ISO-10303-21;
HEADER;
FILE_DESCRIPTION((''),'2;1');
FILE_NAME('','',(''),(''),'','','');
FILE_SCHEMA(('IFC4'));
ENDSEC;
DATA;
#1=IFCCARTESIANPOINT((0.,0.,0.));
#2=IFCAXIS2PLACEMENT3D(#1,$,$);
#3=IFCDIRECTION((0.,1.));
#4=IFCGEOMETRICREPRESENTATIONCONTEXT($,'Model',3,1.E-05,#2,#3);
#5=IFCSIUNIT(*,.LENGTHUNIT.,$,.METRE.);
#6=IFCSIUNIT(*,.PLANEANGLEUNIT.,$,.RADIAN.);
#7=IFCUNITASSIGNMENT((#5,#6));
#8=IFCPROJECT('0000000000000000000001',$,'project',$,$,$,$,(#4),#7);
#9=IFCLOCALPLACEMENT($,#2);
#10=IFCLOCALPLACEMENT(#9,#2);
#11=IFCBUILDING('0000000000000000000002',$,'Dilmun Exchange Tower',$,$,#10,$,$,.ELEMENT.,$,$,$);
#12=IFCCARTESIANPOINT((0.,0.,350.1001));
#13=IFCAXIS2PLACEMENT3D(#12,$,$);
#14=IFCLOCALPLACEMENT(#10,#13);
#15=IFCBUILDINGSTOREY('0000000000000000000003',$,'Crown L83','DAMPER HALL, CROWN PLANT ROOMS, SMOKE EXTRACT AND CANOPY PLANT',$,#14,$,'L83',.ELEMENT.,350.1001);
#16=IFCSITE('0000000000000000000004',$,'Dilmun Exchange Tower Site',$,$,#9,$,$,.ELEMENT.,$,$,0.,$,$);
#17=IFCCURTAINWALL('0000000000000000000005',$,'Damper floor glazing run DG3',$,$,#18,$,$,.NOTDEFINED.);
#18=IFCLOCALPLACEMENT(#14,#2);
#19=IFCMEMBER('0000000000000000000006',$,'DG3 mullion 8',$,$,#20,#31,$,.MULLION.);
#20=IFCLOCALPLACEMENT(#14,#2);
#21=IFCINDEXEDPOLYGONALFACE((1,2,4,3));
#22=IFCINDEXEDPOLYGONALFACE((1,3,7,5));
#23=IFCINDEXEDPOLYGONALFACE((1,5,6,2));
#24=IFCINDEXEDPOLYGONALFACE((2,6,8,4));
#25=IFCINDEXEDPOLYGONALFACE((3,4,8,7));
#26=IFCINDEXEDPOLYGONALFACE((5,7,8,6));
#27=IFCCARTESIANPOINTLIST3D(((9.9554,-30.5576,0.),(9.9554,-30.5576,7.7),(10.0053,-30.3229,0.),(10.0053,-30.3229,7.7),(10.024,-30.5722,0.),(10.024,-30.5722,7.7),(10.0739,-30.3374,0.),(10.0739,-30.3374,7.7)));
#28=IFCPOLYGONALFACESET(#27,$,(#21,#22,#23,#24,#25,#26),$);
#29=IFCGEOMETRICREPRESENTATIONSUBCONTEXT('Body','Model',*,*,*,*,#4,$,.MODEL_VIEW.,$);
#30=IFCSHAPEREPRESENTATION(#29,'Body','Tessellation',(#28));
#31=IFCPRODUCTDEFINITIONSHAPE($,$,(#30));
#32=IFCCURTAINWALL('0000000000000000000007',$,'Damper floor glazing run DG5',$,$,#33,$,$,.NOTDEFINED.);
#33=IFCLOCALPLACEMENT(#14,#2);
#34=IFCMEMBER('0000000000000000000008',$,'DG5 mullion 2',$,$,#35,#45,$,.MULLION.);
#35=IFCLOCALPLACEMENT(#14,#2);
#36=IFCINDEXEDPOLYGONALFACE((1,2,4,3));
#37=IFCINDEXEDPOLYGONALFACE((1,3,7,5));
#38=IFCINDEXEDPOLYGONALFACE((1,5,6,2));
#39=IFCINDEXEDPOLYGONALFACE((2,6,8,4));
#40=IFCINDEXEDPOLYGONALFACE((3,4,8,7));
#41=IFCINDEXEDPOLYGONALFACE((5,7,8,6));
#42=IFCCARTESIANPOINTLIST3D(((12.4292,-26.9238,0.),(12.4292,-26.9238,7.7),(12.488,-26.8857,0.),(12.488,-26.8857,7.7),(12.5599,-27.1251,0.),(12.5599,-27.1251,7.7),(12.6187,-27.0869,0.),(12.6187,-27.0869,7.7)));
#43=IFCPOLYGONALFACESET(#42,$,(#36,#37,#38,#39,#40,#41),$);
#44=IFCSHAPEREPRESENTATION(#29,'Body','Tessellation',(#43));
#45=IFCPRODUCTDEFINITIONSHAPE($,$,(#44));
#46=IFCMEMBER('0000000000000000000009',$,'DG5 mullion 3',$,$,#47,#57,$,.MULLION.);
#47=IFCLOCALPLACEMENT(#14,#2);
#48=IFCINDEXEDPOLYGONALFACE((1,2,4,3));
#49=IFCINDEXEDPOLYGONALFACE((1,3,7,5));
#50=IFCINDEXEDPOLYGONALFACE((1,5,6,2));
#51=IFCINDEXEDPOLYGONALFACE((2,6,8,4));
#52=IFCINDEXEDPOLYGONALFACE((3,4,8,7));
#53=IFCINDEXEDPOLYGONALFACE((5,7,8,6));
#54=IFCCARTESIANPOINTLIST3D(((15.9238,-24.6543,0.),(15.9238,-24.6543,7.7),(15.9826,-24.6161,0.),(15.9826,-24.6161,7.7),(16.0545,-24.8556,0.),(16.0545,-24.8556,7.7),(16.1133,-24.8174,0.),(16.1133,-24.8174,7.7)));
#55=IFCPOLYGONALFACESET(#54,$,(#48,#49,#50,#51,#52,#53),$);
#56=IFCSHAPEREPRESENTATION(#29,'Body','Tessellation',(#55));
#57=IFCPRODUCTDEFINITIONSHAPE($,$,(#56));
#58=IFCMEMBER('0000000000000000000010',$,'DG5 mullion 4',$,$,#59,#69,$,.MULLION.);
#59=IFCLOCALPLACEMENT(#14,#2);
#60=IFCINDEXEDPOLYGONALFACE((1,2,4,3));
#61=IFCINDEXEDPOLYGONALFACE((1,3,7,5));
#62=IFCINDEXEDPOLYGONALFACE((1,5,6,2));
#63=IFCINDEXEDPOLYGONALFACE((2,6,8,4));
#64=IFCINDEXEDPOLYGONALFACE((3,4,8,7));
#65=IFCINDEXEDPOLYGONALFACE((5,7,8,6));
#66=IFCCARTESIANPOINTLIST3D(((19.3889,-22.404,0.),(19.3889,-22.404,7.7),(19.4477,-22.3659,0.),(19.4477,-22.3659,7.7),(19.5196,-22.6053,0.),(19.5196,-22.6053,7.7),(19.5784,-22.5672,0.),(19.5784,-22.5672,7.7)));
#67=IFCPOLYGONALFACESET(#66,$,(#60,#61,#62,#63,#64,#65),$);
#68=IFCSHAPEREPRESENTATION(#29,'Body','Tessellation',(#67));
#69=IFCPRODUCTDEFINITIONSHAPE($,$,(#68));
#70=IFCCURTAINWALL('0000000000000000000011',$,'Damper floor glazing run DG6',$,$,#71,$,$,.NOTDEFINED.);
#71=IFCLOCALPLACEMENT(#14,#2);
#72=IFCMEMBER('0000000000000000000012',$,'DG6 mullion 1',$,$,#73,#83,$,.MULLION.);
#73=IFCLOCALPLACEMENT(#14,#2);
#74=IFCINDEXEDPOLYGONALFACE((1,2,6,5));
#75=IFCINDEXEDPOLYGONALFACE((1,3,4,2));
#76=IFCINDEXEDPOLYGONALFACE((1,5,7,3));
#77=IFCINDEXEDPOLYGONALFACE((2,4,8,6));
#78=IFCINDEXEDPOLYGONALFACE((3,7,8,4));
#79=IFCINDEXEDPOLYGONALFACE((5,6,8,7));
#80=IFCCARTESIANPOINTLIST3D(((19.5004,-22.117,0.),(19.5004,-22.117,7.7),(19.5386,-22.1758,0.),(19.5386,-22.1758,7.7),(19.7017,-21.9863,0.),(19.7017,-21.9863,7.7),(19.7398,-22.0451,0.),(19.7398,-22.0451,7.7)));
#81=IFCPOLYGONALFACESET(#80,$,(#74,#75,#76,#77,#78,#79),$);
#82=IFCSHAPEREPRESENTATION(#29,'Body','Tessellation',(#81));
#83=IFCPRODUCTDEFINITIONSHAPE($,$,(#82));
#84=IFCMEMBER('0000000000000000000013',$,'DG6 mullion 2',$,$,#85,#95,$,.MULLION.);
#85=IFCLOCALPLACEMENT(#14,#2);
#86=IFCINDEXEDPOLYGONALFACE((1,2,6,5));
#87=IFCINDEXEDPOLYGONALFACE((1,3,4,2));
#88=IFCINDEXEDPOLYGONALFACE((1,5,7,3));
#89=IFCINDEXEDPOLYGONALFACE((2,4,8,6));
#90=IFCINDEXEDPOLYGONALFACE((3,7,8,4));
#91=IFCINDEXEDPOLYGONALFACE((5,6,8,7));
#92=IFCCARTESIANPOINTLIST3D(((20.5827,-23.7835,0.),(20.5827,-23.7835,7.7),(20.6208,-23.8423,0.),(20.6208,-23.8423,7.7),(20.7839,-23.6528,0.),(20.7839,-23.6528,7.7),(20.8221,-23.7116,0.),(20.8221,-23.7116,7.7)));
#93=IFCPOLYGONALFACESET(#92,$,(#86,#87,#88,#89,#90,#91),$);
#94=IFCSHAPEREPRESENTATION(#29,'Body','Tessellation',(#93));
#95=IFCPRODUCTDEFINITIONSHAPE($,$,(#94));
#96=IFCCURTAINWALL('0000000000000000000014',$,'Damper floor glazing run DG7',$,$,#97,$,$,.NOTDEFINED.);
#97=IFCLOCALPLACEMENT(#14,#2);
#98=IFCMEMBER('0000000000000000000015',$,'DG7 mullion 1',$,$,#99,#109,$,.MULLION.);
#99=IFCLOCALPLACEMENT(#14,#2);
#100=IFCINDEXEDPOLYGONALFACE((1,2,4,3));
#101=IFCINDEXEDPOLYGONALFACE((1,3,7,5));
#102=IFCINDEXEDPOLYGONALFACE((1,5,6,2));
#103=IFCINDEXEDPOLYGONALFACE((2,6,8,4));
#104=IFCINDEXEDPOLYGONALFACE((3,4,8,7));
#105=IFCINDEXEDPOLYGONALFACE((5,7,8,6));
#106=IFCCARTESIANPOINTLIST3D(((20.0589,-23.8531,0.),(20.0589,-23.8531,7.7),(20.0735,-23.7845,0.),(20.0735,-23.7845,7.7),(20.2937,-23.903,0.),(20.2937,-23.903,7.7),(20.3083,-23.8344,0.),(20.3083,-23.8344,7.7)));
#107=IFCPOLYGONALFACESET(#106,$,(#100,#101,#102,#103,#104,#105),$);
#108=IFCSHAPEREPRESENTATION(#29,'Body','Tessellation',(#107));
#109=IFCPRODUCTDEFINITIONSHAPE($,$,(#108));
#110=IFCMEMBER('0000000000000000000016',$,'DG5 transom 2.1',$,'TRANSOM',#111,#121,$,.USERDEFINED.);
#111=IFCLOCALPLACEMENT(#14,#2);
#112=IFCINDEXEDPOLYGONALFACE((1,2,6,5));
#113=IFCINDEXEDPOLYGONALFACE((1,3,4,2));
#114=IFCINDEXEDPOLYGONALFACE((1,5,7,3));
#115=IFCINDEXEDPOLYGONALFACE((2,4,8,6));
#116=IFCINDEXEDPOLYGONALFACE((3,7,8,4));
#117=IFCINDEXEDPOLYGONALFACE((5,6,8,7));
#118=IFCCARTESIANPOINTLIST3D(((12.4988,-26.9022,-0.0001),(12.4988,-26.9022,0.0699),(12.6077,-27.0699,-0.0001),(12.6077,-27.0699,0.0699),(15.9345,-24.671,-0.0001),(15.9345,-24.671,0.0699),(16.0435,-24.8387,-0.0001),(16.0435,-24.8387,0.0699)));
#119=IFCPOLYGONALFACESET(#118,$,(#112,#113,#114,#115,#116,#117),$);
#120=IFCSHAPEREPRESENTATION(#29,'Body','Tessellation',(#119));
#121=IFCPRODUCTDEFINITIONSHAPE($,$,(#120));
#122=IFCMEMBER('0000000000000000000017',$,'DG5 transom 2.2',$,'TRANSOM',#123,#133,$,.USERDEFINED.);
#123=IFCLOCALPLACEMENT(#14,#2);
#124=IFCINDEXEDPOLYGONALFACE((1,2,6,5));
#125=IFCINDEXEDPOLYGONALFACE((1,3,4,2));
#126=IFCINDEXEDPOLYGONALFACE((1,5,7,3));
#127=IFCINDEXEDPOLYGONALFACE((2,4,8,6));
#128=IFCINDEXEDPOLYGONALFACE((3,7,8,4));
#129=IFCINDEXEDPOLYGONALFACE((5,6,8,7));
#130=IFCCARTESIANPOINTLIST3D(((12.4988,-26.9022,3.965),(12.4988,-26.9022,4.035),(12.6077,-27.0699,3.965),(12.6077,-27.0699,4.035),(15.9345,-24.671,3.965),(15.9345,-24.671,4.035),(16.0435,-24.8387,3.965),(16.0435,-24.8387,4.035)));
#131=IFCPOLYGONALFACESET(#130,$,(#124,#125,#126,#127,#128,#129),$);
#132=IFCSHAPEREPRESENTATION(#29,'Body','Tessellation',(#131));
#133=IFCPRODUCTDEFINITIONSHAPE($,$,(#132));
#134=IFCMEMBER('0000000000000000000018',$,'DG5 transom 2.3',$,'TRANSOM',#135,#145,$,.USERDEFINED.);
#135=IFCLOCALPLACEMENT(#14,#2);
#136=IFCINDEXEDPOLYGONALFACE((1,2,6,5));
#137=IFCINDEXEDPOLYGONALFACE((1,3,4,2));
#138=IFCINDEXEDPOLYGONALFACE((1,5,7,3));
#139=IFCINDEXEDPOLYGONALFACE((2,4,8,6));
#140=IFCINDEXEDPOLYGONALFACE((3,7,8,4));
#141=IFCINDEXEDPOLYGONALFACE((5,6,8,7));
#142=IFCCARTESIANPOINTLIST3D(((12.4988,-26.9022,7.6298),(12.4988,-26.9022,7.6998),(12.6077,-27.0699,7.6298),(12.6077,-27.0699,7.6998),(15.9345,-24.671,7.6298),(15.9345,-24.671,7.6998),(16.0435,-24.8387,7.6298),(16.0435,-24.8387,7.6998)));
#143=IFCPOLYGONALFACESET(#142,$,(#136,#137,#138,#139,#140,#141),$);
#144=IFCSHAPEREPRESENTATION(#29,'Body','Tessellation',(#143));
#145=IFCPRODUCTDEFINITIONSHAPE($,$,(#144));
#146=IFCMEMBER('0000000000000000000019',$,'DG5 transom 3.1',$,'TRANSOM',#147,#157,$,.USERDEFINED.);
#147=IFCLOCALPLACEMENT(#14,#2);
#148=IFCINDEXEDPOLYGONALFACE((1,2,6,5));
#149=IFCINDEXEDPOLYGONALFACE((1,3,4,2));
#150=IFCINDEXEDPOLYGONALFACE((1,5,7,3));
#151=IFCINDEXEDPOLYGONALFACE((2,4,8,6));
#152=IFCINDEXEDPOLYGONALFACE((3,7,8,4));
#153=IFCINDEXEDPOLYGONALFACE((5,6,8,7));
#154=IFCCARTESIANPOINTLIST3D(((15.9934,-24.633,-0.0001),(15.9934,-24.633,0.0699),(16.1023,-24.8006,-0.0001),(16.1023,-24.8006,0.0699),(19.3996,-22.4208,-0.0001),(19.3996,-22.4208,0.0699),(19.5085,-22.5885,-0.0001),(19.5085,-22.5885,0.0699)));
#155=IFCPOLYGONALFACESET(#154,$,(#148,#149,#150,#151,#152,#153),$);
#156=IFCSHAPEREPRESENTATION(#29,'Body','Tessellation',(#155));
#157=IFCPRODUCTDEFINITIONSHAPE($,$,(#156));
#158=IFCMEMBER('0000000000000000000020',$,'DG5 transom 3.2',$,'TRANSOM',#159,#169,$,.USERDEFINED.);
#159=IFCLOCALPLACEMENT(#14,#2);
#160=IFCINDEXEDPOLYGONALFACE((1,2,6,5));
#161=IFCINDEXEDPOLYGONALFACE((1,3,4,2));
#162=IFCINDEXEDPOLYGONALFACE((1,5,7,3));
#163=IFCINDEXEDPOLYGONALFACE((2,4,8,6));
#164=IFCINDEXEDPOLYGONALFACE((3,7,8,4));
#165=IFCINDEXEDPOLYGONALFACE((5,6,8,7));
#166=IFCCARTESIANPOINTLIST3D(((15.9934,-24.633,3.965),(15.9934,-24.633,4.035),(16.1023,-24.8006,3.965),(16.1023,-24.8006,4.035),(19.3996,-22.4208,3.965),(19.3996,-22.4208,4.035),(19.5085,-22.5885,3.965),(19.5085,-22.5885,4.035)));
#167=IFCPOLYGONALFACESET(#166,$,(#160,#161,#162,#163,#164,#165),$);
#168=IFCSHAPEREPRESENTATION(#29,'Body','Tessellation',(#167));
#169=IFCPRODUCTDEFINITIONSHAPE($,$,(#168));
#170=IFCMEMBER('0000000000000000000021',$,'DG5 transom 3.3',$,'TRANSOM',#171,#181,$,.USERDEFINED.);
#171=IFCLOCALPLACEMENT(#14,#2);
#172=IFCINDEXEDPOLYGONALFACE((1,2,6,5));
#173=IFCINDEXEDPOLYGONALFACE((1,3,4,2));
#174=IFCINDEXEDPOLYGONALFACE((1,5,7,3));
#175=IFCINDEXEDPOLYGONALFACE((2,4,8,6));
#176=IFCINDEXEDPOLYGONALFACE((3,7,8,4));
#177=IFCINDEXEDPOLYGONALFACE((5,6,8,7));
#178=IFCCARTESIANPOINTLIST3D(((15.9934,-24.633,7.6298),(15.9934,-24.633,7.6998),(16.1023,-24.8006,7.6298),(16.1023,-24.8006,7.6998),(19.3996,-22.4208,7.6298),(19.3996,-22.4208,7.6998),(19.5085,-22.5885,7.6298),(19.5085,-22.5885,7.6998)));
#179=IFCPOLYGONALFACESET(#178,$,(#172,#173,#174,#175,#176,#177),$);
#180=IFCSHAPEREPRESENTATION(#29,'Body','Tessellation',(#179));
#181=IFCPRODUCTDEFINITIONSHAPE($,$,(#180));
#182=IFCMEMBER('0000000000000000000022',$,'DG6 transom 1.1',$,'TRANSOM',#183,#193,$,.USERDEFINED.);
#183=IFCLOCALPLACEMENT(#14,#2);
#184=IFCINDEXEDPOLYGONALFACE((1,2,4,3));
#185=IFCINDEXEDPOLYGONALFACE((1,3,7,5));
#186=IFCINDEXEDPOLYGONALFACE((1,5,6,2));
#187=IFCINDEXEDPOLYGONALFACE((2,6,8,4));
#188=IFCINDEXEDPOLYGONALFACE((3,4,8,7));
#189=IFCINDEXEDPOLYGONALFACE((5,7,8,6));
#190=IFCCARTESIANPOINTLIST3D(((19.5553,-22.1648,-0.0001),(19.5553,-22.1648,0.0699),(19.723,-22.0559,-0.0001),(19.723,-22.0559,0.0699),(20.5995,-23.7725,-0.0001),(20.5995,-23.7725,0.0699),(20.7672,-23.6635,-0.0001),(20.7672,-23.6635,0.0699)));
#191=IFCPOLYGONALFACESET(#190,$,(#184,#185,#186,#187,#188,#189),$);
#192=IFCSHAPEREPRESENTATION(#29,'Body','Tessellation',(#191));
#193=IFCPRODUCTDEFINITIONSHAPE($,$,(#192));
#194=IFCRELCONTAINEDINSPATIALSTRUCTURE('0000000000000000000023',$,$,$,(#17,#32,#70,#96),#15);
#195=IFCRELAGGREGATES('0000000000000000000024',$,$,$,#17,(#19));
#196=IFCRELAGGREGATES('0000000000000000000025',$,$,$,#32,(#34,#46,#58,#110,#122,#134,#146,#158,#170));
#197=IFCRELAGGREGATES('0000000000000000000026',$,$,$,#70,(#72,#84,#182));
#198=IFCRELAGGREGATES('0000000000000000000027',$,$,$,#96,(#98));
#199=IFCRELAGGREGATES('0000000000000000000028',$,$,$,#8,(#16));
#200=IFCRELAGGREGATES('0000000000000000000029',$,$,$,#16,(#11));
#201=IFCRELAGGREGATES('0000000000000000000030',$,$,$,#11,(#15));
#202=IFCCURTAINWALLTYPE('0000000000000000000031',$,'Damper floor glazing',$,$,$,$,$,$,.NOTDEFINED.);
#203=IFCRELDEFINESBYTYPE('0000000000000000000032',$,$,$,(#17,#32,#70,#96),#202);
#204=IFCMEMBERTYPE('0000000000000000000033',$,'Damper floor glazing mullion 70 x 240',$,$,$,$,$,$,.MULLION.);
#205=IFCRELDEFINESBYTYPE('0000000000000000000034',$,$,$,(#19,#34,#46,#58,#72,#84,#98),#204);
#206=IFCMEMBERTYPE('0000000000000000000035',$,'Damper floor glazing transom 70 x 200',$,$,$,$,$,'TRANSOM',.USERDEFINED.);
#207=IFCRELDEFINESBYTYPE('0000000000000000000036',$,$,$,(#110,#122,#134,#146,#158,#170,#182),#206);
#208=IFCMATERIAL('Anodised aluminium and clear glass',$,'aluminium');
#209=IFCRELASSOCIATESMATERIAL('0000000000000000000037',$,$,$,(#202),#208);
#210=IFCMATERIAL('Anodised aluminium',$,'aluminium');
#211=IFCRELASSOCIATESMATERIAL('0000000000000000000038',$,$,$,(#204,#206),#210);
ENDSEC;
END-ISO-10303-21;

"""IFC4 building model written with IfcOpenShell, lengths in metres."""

from ifc_helpers import new_model, si_unit, direction, frame, origin, origin_2d, place, context, subcontext, project, spatial, rectangle, extrude, material, material_profile, profile_set, type_object, element, aggregate, save


model = new_model("IFC4")

# Units and contexts
model_context = context("Model", 3, precision=1e-05, world=origin(), true_north=direction((0.0, 1.0)))
body_context = subcontext(model_context, "Body", "Model", "MODEL_VIEW")
ifc_project = project(units=[si_unit("LENGTHUNIT", "METRE"), si_unit("PLANEANGLEUNIT", "RADIAN")], contexts=[model_context])

# Site, building, storey
site_placement = place(None, origin())
site = spatial("IfcSite", under=ifc_project, at=site_placement, Name="Dilmun Exchange Tower Site", CompositionType="ELEMENT", RefElevation=0.0)
building_placement = place(site_placement, origin())
building = spatial("IfcBuilding", under=site, at=building_placement, Name="Dilmun Exchange Tower", CompositionType="ELEMENT")
storey_placement = place(building_placement, frame((0.0, 0.0, 350.1001)))
storey = spatial("IfcBuildingStorey", under=building, at=storey_placement, Name="Crown L83", Description="DAMPER HALL, CROWN PLANT ROOMS, SMOKE EXTRACT AND CANOPY PLANT", LongName="L83", CompositionType="ELEMENT", Elevation=350.1001)

# Curtain wall, member
ifc_material_1 = material(Name="Anodised aluminium and clear glass", Category="aluminium")
curtain_wall_type = type_object("IfcCurtainWallType", Name="Damper floor glazing", PredefinedType="NOTDEFINED", material=ifc_material_1)
curtain_wall_1_placement = place(storey_placement, origin())
curtain_wall_1 = element("IfcCurtainWall", 1, at=curtain_wall_1_placement, inside=storey, type_object=curtain_wall_type, Name="Damper floor glazing run DG3", PredefinedType="NOTDEFINED")
ifc_material_2 = material(Name="Anodised aluminium", Category="aluminium")
ifc_material_profile_1 = material_profile(ifc_material_2, rectangle(XDim=0.24, YDim=0.0701, at=origin_2d()), Name="AL 70x240")
ifc_profile_set_1 = profile_set([ifc_material_profile_1], Name="Anodised aluminium")
member_type_1 = type_object("IfcMemberType", Name="Damper floor glazing mullion 70 x 240", PredefinedType="MULLION", material=ifc_profile_set_1)
member_1_placement = place(storey_placement, frame((10.0146, -30.4475, 0.0), z_axis=(0.0, 0.0, 1.0), x_axis=(0.207911, 0.978148, 0.0)))
member_1 = element("IfcMember", 2, at=member_1_placement, type_object=member_type_1, Name="DG3 mullion 8", PredefinedType="MULLION", context=body_context, shape_type="SweptSolid", body=[
    extrude(rectangle(XDim=0.24, YDim=0.0701, at=origin_2d()), origin(), (0.0, 0.0, 1.0), 7.7),
])
aggregate(curtain_wall_1, [member_1])

# Curtain walls, members
curtain_wall_2_placement = place(storey_placement, origin())
curtain_wall_2 = element("IfcCurtainWall", 3, at=curtain_wall_2_placement, inside=storey, type_object=curtain_wall_type, Name="Damper floor glazing run DG5", PredefinedType="NOTDEFINED")
member_2_placement = place(storey_placement, frame((12.5239, -27.0054, 0.0), z_axis=(0.0, 0.0, 1.0), x_axis=(-0.544639, 0.838671, 0.0)))
member_2 = element("IfcMember", 4, at=member_2_placement, type_object=member_type_1, Name="DG5 mullion 2", PredefinedType="MULLION", context=body_context, shape_type="SweptSolid", body=[
    extrude(rectangle(XDim=0.24, YDim=0.0701, at=origin_2d()), origin(), (0.0, 0.0, 1.0), 7.7),
])
member_3_placement = place(storey_placement, frame((16.0186, -24.7358, 0.0), z_axis=(0.0, 0.0, 1.0), x_axis=(-0.544639, 0.838671, 0.0)))
member_3 = element("IfcMember", 5, at=member_3_placement, type_object=member_type_1, Name="DG5 mullion 3", PredefinedType="MULLION", context=body_context, shape_type="SweptSolid", body=[
    extrude(rectangle(XDim=0.24, YDim=0.0701, at=origin_2d()), origin(), (0.0, 0.0, 1.0), 7.7),
])
member_4_placement = place(storey_placement, frame((19.4836, -22.4856, 0.0), z_axis=(0.0, 0.0, 1.0), x_axis=(-0.544639, 0.838671, 0.0)))
member_4 = element("IfcMember", 6, at=member_4_placement, type_object=member_type_1, Name="DG5 mullion 4", PredefinedType="MULLION", context=body_context, shape_type="SweptSolid", body=[
    extrude(rectangle(XDim=0.24, YDim=0.0701, at=origin_2d()), origin(), (0.0, 0.0, 1.0), 7.7),
])
curtain_wall_3_placement = place(storey_placement, origin())
curtain_wall_3 = element("IfcCurtainWall", 7, at=curtain_wall_3_placement, inside=storey, type_object=curtain_wall_type, Name="Damper floor glazing run DG6", PredefinedType="NOTDEFINED")
member_5_placement = place(storey_placement, frame((19.6201, -22.0811, 0.0), z_axis=(0.0, 0.0, 1.0), x_axis=(0.838661, 0.544653, 0.0)))
member_5 = element("IfcMember", 8, at=member_5_placement, type_object=member_type_1, Name="DG6 mullion 1", PredefinedType="MULLION", context=body_context, shape_type="SweptSolid", body=[
    extrude(rectangle(XDim=0.24, YDim=0.0701, at=origin_2d()), origin(), (0.0, 0.0, 1.0), 7.7),
])
member_6_placement = place(storey_placement, frame((20.7024, -23.7476, 0.0), z_axis=(0.0, 0.0, 1.0), x_axis=(0.838661, 0.544653, 0.0)))
member_6 = element("IfcMember", 9, at=member_6_placement, type_object=member_type_1, Name="DG6 mullion 2", PredefinedType="MULLION", context=body_context, shape_type="SweptSolid", body=[
    extrude(rectangle(XDim=0.24, YDim=0.0701, at=origin_2d()), origin(), (0.0, 0.0, 1.0), 7.7),
])

# Curtain wall, member
curtain_wall_4_placement = place(storey_placement, origin())
curtain_wall_4 = element("IfcCurtainWall", 10, at=curtain_wall_4_placement, inside=storey, type_object=curtain_wall_type, Name="Damper floor glazing run DG7", PredefinedType="NOTDEFINED")
member_7_placement = place(storey_placement, frame((20.1836, -23.8438, 0.0), z_axis=(0.0, 0.0, 1.0), x_axis=(-0.978147, 0.207913, 0.0)))
member_7 = element("IfcMember", 11, at=member_7_placement, type_object=member_type_1, Name="DG7 mullion 1", PredefinedType="MULLION", context=body_context, shape_type="SweptSolid", body=[
    extrude(rectangle(XDim=0.24, YDim=0.0701, at=origin_2d()), origin(), (0.0, 0.0, 1.0), 7.7),
])

# Members
ifc_material_profile_2 = material_profile(ifc_material_2, rectangle(XDim=0.2, YDim=0.0701, at=origin_2d()), Name="AL 70x200")
ifc_profile_set_2 = profile_set([ifc_material_profile_2], Name="Anodised aluminium")
member_type_2 = type_object("IfcMemberType", Name="Damper floor glazing transom 70 x 200", ElementType="TRANSOM", PredefinedType="USERDEFINED", material=ifc_profile_set_2)
member_8_placement = place(storey_placement, frame((12.5532, -26.9861, 0.0349), z_axis=(0.838674, 0.544634, 0.0), x_axis=(-0.544634, 0.838674, 0.0)))
member_8 = element("IfcMember", 12, at=member_8_placement, type_object=member_type_2, Name="DG5 transom 2.1", ObjectType="TRANSOM", PredefinedType="USERDEFINED", context=body_context, shape_type="SweptSolid", body=[
    extrude(rectangle(XDim=0.2, YDim=0.0701, at=origin_2d()), origin(), (0.0, 0.0, 1.0), 4.0967),
])
member_9_placement = place(storey_placement, frame((12.5532, -26.9861, 4.0), z_axis=(0.838674, 0.544634, 0.0), x_axis=(-0.544634, 0.838674, 0.0)))
member_9 = element("IfcMember", 13, at=member_9_placement, type_object=member_type_2, Name="DG5 transom 2.2", ObjectType="TRANSOM", PredefinedType="USERDEFINED", context=body_context, shape_type="SweptSolid", body=[
    extrude(rectangle(XDim=0.2, YDim=0.0701, at=origin_2d()), origin(), (0.0, 0.0, 1.0), 4.0967),
])
member_10_placement = place(storey_placement, frame((12.5532, -26.9861, 7.6648), z_axis=(0.838674, 0.544634, 0.0), x_axis=(-0.544634, 0.838674, 0.0)))
member_10 = element("IfcMember", 14, at=member_10_placement, type_object=member_type_2, Name="DG5 transom 2.3", ObjectType="TRANSOM", PredefinedType="USERDEFINED", context=body_context, shape_type="SweptSolid", body=[
    extrude(rectangle(XDim=0.2, YDim=0.0701, at=origin_2d()), origin(), (0.0, 0.0, 1.0), 4.0967),
])
member_11_placement = place(storey_placement, frame((16.0479, -24.7168, 0.0349), z_axis=(0.838658, 0.544659, 0.0), x_axis=(-0.544659, 0.838658, 0.0)))
member_11 = element("IfcMember", 15, at=member_11_placement, type_object=member_type_2, Name="DG5 transom 3.1", ObjectType="TRANSOM", PredefinedType="USERDEFINED", context=body_context, shape_type="SweptSolid", body=[
    extrude(rectangle(XDim=0.2, YDim=0.0701, at=origin_2d()), origin(), (0.0, 0.0, 1.0), 4.0615),
])
member_12_placement = place(storey_placement, frame((16.0479, -24.7168, 4.0), z_axis=(0.838658, 0.544659, 0.0), x_axis=(-0.544659, 0.838658, 0.0)))
member_12 = element("IfcMember", 16, at=member_12_placement, type_object=member_type_2, Name="DG5 transom 3.2", ObjectType="TRANSOM", PredefinedType="USERDEFINED", context=body_context, shape_type="SweptSolid", body=[
    extrude(rectangle(XDim=0.2, YDim=0.0701, at=origin_2d()), origin(), (0.0, 0.0, 1.0), 4.0615),
])
member_13_placement = place(storey_placement, frame((16.0479, -24.7168, 7.6648), z_axis=(0.838658, 0.544659, 0.0), x_axis=(-0.544659, 0.838658, 0.0)))
member_13 = element("IfcMember", 17, at=member_13_placement, type_object=member_type_2, Name="DG5 transom 3.3", ObjectType="TRANSOM", PredefinedType="USERDEFINED", context=body_context, shape_type="SweptSolid", body=[
    extrude(rectangle(XDim=0.2, YDim=0.0701, at=origin_2d()), origin(), (0.0, 0.0, 1.0), 4.0615),
])
member_14_placement = place(storey_placement, frame((19.6392, -22.1104, 0.0349), z_axis=(0.544697, -0.838633, 0.0), x_axis=(0.838633, 0.544697, 0.0)))
member_14 = element("IfcMember", 18, at=member_14_placement, type_object=member_type_2, Name="DG6 transom 1.1", ObjectType="TRANSOM", PredefinedType="USERDEFINED", context=body_context, shape_type="SweptSolid", body=[
    extrude(rectangle(XDim=0.2, YDim=0.0701, at=origin_2d()), origin(), (0.0, 0.0, 1.0), 1.917),
])

aggregate(curtain_wall_2, [member_2, member_3, member_4, member_8, member_9, member_10, member_11, member_12, member_13])
aggregate(curtain_wall_3, [member_5, member_6, member_14])
aggregate(curtain_wall_4, [member_7])

save(model, "model.ifc")
